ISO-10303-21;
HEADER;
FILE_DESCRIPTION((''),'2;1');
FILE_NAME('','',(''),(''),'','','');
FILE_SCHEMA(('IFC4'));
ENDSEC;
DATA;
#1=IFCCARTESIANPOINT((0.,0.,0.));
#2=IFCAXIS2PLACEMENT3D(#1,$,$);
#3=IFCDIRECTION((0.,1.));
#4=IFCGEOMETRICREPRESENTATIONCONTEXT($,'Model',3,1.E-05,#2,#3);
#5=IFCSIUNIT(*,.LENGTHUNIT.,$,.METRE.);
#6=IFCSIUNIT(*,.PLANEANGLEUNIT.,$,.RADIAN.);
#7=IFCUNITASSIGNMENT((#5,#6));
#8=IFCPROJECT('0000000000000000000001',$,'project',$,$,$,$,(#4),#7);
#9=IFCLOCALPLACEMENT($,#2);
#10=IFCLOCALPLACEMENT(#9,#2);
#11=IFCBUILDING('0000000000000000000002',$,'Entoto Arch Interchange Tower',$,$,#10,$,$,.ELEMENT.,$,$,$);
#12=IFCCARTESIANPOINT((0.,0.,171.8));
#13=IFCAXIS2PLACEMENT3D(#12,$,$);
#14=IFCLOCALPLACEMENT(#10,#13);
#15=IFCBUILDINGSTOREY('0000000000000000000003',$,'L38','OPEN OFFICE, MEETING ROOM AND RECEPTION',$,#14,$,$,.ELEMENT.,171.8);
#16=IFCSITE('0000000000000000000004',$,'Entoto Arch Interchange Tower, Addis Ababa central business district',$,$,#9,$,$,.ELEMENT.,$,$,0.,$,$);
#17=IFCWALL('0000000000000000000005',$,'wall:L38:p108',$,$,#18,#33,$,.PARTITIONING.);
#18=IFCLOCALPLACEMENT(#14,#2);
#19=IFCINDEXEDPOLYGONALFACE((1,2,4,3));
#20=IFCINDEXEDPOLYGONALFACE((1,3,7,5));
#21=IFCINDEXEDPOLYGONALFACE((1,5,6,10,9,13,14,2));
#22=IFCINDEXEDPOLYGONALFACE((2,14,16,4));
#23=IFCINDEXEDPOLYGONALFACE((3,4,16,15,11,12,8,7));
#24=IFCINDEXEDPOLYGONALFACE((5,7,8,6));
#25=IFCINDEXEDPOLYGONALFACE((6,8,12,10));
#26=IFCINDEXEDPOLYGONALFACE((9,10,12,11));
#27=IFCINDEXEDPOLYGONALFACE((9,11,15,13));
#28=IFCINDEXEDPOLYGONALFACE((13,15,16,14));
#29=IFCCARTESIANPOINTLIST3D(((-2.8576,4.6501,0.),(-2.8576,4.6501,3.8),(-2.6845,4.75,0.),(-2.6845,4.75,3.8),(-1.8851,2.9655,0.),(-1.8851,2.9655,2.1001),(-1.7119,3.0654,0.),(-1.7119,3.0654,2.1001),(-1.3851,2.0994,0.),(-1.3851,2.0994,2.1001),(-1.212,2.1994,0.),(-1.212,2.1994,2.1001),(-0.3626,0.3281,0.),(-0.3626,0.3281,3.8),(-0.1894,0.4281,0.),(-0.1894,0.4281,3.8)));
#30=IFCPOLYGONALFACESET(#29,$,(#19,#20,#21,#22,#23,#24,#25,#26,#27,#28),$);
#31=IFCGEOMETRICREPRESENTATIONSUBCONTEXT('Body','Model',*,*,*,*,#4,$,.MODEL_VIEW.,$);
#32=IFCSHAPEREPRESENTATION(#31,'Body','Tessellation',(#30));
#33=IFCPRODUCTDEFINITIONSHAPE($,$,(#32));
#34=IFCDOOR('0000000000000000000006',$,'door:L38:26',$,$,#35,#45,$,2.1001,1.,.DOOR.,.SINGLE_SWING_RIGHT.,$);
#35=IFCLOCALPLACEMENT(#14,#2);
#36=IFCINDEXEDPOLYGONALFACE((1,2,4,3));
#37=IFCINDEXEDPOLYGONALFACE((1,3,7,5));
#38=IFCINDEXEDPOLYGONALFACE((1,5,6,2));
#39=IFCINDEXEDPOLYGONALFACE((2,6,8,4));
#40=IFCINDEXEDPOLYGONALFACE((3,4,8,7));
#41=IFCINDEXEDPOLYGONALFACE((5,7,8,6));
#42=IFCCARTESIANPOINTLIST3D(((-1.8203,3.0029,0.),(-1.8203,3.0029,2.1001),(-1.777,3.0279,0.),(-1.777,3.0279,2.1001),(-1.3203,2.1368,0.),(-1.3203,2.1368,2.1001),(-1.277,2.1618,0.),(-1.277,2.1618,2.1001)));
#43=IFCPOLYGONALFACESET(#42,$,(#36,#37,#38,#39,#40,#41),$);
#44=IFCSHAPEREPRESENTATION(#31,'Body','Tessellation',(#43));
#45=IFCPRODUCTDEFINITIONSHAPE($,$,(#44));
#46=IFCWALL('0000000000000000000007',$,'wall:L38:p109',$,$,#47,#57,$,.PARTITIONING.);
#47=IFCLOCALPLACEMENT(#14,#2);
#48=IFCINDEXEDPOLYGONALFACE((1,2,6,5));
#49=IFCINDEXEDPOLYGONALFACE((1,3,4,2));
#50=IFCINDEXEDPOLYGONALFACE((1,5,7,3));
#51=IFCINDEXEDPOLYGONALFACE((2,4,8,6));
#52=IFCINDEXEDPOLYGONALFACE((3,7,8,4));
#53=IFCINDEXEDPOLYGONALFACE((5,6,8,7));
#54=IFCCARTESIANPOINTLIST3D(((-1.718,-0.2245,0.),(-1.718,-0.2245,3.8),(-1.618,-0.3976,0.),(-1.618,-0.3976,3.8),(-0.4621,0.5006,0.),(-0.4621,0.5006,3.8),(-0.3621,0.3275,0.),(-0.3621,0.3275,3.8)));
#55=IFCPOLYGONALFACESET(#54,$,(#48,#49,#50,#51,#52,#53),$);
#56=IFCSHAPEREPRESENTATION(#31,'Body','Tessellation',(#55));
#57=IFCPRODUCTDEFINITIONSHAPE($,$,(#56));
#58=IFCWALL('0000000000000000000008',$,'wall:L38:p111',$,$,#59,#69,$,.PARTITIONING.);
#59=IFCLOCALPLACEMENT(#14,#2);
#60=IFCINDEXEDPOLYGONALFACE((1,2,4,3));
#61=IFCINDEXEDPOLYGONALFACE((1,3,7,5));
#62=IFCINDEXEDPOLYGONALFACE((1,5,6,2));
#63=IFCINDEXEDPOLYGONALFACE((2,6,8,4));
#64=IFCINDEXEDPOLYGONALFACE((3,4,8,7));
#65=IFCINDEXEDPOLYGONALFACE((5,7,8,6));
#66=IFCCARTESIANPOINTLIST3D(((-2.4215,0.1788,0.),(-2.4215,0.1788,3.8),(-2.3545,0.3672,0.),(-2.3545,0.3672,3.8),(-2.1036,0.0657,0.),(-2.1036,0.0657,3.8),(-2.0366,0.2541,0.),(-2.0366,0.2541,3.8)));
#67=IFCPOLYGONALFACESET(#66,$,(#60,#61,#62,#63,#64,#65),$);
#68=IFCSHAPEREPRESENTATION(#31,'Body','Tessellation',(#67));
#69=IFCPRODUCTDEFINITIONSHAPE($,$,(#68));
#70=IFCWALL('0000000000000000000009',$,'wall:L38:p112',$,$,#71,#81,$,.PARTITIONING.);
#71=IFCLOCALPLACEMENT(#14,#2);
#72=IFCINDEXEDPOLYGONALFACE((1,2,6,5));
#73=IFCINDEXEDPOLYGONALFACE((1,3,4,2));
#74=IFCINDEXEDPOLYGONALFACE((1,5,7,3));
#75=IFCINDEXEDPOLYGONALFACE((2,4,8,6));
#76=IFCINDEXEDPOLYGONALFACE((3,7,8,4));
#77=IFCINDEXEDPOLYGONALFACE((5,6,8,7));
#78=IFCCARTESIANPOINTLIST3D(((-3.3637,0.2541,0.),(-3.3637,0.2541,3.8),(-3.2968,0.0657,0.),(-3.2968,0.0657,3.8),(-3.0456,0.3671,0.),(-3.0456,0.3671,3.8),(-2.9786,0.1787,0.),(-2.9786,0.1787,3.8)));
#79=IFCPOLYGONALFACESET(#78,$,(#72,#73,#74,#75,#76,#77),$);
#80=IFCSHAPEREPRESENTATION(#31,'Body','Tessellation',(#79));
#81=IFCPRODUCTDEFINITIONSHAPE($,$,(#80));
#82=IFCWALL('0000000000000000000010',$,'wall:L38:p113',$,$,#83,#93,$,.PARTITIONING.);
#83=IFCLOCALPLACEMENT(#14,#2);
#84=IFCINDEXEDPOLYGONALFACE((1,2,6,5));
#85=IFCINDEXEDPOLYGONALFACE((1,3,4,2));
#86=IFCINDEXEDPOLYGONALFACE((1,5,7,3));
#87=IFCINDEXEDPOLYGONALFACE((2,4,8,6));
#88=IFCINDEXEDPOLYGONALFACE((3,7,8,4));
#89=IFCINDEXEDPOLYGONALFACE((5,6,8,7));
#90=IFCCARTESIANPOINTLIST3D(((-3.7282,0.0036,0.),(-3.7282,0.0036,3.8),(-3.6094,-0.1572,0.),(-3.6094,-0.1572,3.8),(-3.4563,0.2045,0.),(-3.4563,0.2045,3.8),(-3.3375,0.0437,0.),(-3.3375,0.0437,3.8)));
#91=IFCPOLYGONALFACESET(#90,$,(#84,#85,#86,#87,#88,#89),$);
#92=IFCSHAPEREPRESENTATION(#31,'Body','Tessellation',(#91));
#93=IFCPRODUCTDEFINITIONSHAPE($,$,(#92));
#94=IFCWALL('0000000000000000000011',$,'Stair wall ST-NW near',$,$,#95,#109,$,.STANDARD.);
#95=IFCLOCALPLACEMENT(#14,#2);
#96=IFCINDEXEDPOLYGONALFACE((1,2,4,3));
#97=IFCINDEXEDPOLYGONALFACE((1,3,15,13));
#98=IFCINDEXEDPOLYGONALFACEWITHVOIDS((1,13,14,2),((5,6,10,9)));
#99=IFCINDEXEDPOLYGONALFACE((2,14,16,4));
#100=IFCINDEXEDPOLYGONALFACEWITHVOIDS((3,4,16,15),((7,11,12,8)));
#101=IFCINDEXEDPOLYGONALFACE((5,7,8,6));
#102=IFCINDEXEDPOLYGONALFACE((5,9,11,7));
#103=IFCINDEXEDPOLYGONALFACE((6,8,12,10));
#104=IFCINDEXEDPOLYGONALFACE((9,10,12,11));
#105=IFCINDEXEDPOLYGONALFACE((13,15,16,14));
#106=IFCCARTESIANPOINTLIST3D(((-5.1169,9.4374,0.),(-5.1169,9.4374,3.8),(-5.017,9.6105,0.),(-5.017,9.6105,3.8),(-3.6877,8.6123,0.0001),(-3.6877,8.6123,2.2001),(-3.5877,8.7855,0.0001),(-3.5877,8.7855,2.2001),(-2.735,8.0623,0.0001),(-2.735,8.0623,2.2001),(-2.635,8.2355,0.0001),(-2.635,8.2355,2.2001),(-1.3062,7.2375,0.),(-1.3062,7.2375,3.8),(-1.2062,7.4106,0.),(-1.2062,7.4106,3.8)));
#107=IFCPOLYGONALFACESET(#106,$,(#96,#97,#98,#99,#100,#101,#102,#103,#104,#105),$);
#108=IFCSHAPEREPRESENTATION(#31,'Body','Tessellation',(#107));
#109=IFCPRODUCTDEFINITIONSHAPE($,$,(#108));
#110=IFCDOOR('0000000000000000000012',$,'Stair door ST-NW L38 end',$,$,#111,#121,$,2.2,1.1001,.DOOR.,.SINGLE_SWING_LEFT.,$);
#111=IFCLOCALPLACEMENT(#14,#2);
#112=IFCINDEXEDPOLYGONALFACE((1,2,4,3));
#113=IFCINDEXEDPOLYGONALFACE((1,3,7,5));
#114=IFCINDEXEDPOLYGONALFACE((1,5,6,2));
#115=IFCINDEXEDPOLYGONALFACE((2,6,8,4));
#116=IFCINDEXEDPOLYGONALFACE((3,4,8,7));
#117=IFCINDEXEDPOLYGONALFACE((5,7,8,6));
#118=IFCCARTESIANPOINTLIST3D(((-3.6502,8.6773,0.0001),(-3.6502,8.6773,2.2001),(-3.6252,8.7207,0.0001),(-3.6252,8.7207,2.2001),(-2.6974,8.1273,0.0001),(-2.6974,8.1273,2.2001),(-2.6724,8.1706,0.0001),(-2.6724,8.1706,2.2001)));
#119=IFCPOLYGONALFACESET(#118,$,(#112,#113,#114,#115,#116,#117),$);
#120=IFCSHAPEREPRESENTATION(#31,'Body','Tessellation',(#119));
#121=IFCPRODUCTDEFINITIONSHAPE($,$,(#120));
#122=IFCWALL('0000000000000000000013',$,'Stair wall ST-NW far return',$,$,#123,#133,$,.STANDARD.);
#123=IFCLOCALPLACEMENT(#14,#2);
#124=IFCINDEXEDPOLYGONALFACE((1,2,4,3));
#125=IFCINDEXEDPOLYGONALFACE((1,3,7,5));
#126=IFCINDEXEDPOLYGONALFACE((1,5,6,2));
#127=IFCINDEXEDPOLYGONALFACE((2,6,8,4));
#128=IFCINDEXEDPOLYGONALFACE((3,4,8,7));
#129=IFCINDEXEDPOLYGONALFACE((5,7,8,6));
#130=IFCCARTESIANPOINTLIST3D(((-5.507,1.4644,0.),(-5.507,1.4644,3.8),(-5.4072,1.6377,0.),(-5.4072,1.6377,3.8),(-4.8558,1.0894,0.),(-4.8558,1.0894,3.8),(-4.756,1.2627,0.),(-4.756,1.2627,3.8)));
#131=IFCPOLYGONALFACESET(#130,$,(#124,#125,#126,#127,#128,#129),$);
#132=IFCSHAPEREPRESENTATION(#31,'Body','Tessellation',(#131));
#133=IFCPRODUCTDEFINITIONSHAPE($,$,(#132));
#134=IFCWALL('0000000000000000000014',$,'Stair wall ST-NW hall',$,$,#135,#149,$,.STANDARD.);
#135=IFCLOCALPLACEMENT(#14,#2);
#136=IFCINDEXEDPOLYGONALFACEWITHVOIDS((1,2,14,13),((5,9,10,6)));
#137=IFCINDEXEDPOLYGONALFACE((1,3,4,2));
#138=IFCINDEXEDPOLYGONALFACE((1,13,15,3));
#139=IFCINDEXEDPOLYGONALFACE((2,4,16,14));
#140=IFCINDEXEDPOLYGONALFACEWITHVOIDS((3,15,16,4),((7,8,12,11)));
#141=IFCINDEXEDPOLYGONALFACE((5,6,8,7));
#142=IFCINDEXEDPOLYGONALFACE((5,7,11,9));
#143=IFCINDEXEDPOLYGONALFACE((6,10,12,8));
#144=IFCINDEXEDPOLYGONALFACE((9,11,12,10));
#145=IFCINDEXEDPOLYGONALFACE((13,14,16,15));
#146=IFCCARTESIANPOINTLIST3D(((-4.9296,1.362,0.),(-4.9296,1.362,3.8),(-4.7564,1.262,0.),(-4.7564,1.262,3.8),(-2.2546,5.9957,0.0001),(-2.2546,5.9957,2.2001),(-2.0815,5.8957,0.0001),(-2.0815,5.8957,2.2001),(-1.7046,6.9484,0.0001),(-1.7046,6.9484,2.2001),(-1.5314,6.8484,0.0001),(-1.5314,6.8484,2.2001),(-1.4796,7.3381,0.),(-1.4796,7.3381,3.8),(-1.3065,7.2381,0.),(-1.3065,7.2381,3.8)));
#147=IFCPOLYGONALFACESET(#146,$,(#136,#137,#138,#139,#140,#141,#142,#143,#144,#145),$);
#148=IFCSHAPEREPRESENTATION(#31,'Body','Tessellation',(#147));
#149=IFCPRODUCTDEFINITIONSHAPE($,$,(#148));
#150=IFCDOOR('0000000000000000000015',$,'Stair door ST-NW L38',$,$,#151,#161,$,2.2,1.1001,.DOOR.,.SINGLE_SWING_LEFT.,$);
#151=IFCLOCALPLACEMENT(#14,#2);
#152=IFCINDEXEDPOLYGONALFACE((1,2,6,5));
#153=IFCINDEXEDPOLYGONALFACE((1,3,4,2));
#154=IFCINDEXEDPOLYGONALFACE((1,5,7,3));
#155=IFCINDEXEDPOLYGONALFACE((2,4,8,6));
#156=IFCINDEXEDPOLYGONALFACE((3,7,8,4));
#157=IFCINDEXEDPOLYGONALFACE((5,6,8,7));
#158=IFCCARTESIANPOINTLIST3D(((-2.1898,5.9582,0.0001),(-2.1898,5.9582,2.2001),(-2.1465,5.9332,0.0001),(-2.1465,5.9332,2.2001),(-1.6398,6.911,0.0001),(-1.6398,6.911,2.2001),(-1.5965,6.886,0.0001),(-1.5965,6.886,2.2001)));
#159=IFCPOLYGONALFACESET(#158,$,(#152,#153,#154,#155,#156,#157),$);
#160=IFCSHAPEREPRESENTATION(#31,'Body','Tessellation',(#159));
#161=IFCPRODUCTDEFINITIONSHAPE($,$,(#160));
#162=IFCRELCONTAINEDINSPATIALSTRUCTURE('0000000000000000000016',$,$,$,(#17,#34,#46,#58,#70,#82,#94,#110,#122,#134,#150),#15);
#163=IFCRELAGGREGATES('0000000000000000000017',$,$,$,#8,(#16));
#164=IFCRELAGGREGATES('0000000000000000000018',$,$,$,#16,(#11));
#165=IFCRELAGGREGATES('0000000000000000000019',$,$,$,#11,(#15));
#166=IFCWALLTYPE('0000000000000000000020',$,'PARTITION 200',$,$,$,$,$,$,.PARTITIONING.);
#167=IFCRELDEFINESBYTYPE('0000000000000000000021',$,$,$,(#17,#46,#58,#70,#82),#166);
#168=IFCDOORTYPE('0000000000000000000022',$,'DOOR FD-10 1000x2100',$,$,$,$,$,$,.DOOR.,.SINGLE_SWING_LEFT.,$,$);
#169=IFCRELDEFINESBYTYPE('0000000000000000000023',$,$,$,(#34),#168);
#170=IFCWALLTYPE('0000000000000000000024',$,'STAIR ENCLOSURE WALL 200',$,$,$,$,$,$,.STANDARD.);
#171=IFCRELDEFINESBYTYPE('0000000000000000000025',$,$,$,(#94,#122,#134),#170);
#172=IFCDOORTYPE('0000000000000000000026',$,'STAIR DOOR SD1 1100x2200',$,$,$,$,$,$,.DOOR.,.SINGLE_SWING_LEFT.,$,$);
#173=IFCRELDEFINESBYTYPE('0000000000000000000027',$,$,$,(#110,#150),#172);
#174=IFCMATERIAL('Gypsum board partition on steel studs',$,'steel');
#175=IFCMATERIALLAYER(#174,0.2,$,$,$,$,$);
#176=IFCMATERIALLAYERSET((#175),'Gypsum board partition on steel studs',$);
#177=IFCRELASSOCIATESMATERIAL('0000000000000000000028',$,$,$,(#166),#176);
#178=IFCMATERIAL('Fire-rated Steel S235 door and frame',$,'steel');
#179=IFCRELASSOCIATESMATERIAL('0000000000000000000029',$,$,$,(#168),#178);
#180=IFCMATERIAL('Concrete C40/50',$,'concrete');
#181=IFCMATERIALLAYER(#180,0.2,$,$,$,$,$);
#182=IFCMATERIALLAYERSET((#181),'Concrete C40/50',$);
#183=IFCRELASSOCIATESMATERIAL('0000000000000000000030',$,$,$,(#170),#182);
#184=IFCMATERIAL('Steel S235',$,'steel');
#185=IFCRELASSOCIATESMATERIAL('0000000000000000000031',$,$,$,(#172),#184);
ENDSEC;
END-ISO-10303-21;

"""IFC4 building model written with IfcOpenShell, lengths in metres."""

from ifc_helpers import new_model, si_unit, direction, frame, frame_2d, origin, place, context, subcontext, project, spatial, rectangle, extrude, material, layer, layer_set, type_object, element, fill, save


model = new_model("IFC4")

# Units and contexts
model_context = context("Model", 3, precision=1e-05, world=origin(), true_north=direction((0.0, 1.0)))
body_context = subcontext(model_context, "Body", "Model", "MODEL_VIEW")
ifc_project = project(units=[si_unit("LENGTHUNIT", "METRE"), si_unit("PLANEANGLEUNIT", "RADIAN")], contexts=[model_context])

# Site, building, storey
site_placement = place(None, origin())
site = spatial("IfcSite", under=ifc_project, at=site_placement, Name="Entoto Arch Interchange Tower, Addis Ababa central business district", CompositionType="ELEMENT", RefElevation=0.0)
building_placement = place(site_placement, origin())
building = spatial("IfcBuilding", under=site, at=building_placement, Name="Entoto Arch Interchange Tower", CompositionType="ELEMENT")
storey_placement = place(building_placement, frame((0.0, 0.0, 171.8)))
storey = spatial("IfcBuildingStorey", under=building, at=storey_placement, Name="L38", Description="OPEN OFFICE, MEETING ROOM AND RECEPTION", CompositionType="ELEMENT", Elevation=171.8)

# Shared definitions
ifc_material_1 = material(Name="Concrete C40/50", Category="concrete")

# Wall, opening, door
ifc_material_2 = material(Name="Gypsum board partition on steel studs", Category="steel")
ifc_layer_1 = layer(ifc_material_2, 0.2)
ifc_layer_set_1 = layer_set([ifc_layer_1], Name="Gypsum board partition on steel studs")
wall_type_1 = type_object("IfcWallType", Name="PARTITION 200", PredefinedType="PARTITIONING", material=ifc_layer_set_1)
wall_1_placement = place(storey_placement, frame((-2.771, 4.7, 0.0), z_axis=(0.0, 0.0, 1.0), x_axis=(0.499969, -0.866043, 0.0)))
wall_1 = element("IfcWall", 1, at=wall_1_placement, inside=storey, type_object=wall_type_1, Name="wall:L38:p108", PredefinedType="PARTITIONING", context=body_context, shape_type="SweptSolid", body=[
    extrude(rectangle(XDim=4.9905, YDim=0.2, at=frame_2d((2.4951, 0.0))), origin(), (0.0, 0.0, 1.0), 3.8),
])
opening_1_placement = place(wall_1_placement, frame((1.9451, 0.0, 0.0)))
opening_1 = element("IfcOpeningElement", 2, at=opening_1_placement, cuts=wall_1, PredefinedType="OPENING", context=body_context, shape_type="SweptSolid", body=[
    extrude(rectangle(XDim=1.0, YDim=2.1001, at=frame_2d((0.5, 1.05))), frame((0.0, 0.1099, 0.0), z_axis=(0.0, -1.0, 0.0), x_axis=(1.0, 0.0, 0.0)), (0.0, 0.0, 1.0), 0.22),
])
ifc_material_3 = material(Name="Fire-rated Steel S235 door and frame", Category="steel")
door_type_1 = type_object("IfcDoorType", Name="DOOR FD-10 1000x2100", OperationType="SINGLE_SWING_LEFT", PredefinedType="DOOR", material=ifc_material_3)
door_1_placement = place(opening_1_placement, origin())
door_1 = element("IfcDoor", 3, at=door_1_placement, inside=storey, type_object=door_type_1, Name="door:L38:26", OperationType="SINGLE_SWING_RIGHT", OverallHeight=2.1001, OverallWidth=1.0, PredefinedType="DOOR", context=body_context, shape_type="SweptSolid", body=[
    extrude(rectangle(XDim=1.0, YDim=2.1001, at=frame_2d((0.5, 1.05))), frame((0.0, 0.0249, 0.0), z_axis=(0.0, -1.0, 0.0), x_axis=(1.0, 0.0, 0.0)), (0.0, 0.0, 1.0), 0.05),
])
fill(opening_1, door_1)

# Walls
wall_2_placement = place(storey_placement, frame((-0.4121, 0.4141, 0.0), z_axis=(0.0, 0.0, 1.0), x_axis=(-0.866017, -0.500014, 0.0)))
element("IfcWall", 4, at=wall_2_placement, inside=storey, type_object=wall_type_1, Name="wall:L38:p109", PredefinedType="PARTITIONING", context=body_context, shape_type="SweptSolid", body=[
    extrude(rectangle(XDim=1.4502, YDim=0.2, at=frame_2d((0.7251, 0.0))), origin(), (0.0, 0.0, 1.0), 3.8),
])
wall_3_placement = place(storey_placement, frame((-2.0701, 0.1599, 0.0), z_axis=(0.0, 0.0, 1.0), x_axis=(-0.942199, 0.335052, 0.0)))
element("IfcWall", 5, at=wall_3_placement, inside=storey, type_object=wall_type_1, Name="wall:L38:p111", PredefinedType="PARTITIONING", context=body_context, shape_type="SweptSolid", body=[
    extrude(rectangle(XDim=0.3374, YDim=0.2, at=frame_2d((0.1687, 0.0))), origin(), (0.0, 0.0, 1.0), 3.8),
])
wall_4_placement = place(storey_placement, frame((-3.012, 0.2729, 0.0), z_axis=(0.0, 0.0, 1.0), x_axis=(-0.942281, -0.334824, 0.0)))
element("IfcWall", 6, at=wall_4_placement, inside=storey, type_object=wall_type_1, Name="wall:L38:p112", PredefinedType="PARTITIONING", context=body_context, shape_type="SweptSolid", body=[
    extrude(rectangle(XDim=0.3376, YDim=0.2, at=frame_2d((0.1689, 0.0))), origin(), (0.0, 0.0, 1.0), 3.8),
])
wall_5_placement = place(storey_placement, frame((-3.397, 0.124, 0.0), z_axis=(0.0, 0.0, 1.0), x_axis=(-0.804311, -0.594208, 0.0)))
element("IfcWall", 7, at=wall_5_placement, inside=storey, type_object=wall_type_1, Name="wall:L38:p113", PredefinedType="PARTITIONING", context=body_context, shape_type="SweptSolid", body=[
    extrude(rectangle(XDim=0.3381, YDim=0.2, at=frame_2d((0.1689, 0.0))), origin(), (0.0, 0.0, 1.0), 3.8),
])

# Wall, opening, door
ifc_layer_2 = layer(ifc_material_1, 0.2)
ifc_layer_set_2 = layer_set([ifc_layer_2], Name="Concrete C40/50")
wall_type_2 = type_object("IfcWallType", Name="STAIR ENCLOSURE WALL 200", PredefinedType="STANDARD", material=ifc_layer_set_2)
wall_6_placement = place(storey_placement, frame((-1.2561, 7.324, 0.0), z_axis=(0.0, 0.0, 1.0), x_axis=(-0.866046, 0.499964, 0.0)))
wall_6 = element("IfcWall", 8, at=wall_6_placement, inside=storey, type_object=wall_type_2, Name="Stair wall ST-NW near", PredefinedType="STANDARD", context=body_context, shape_type="SweptSolid", body=[
    extrude(rectangle(XDim=4.4001, YDim=0.2, at=frame_2d((2.2002, 0.0))), origin(), (0.0, 0.0, 1.0), 3.8),
])
opening_2_placement = place(wall_6_placement, frame((1.6499, 0.0, 0.0)))
opening_2 = element("IfcOpeningElement", 9, at=opening_2_placement, cuts=wall_6, PredefinedType="OPENING", context=body_context, shape_type="SweptSolid", body=[
    extrude(rectangle(XDim=1.1001, YDim=2.2, at=frame_2d((0.55, 1.1001))), frame((0.0, 0.1099, 0.0), z_axis=(0.0, -1.0, 0.0), x_axis=(1.0, 0.0, 0.0)), (0.0, 0.0, 1.0), 0.22),
])
ifc_material_4 = material(Name="Steel S235", Category="steel")
door_type_2 = type_object("IfcDoorType", Name="STAIR DOOR SD1 1100x2200", OperationType="SINGLE_SWING_LEFT", PredefinedType="DOOR", material=ifc_material_4)
door_2_placement = place(opening_2_placement, origin())
door_2 = element("IfcDoor", 10, at=door_2_placement, inside=storey, type_object=door_type_2, Name="Stair door ST-NW L38 end", OperationType="SINGLE_SWING_LEFT", OverallHeight=2.2, OverallWidth=1.1001, PredefinedType="DOOR", context=body_context, shape_type="SweptSolid", body=[
    extrude(rectangle(XDim=1.1001, YDim=2.2, at=frame_2d((0.55, 1.1001))), frame((0.0, 0.0249, 0.0), z_axis=(0.0, -1.0, 0.0), x_axis=(1.0, 0.0, 0.0)), (0.0, 0.0, 1.0), 0.05),
])
fill(opening_2, door_2)

# Wall
wall_7_placement = place(storey_placement, frame((-4.8059, 1.176, 0.0), z_axis=(0.0, 0.0, 1.0), x_axis=(-0.866559, 0.499075, 0.0)))
element("IfcWall", 11, at=wall_7_placement, inside=storey, type_object=wall_type_2, Name="Stair wall ST-NW far return", PredefinedType="STANDARD", context=body_context, shape_type="SweptSolid", body=[
    extrude(rectangle(XDim=0.7515, YDim=0.2, at=frame_2d((0.3757, 0.0))), origin(), (0.0, 0.0, 1.0), 3.8),
])

# Wall, opening, door
wall_8_placement = place(storey_placement, frame((-1.3931, 7.2881, 0.0), z_axis=(0.0, 0.0, 1.0), x_axis=(-0.499963, -0.866047, 0.0)))
wall_8 = element("IfcWall", 12, at=wall_8_placement, inside=storey, type_object=wall_type_2, Name="Stair wall ST-NW hall", PredefinedType="STANDARD", context=body_context, shape_type="SweptSolid", body=[
    extrude(rectangle(XDim=6.9004, YDim=0.2, at=frame_2d((3.4502, 0.0))), origin(), (0.0, 0.0, 1.0), 3.8),
])
opening_3_placement = place(wall_8_placement, frame((0.45, 0.0, 0.0)))
opening_3 = element("IfcOpeningElement", 13, at=opening_3_placement, cuts=wall_8, PredefinedType="OPENING", context=body_context, shape_type="SweptSolid", body=[
    extrude(rectangle(XDim=1.1001, YDim=2.2, at=frame_2d((0.55, 1.1001))), frame((0.0, 0.1099, 0.0), z_axis=(0.0, -1.0, 0.0), x_axis=(1.0, 0.0, 0.0)), (0.0, 0.0, 1.0), 0.22),
])
door_3_placement = place(opening_3_placement, origin())
door_3 = element("IfcDoor", 14, at=door_3_placement, inside=storey, type_object=door_type_2, Name="Stair door ST-NW L38", OperationType="SINGLE_SWING_LEFT", OverallHeight=2.2, OverallWidth=1.1001, PredefinedType="DOOR", context=body_context, shape_type="SweptSolid", body=[
    extrude(rectangle(XDim=1.1001, YDim=2.2, at=frame_2d((0.55, 1.1001))), frame((0.0, 0.0249, 0.0), z_axis=(0.0, -1.0, 0.0), x_axis=(1.0, 0.0, 0.0)), (0.0, 0.0, 1.0), 0.05),
])
fill(opening_3, door_3)

save(model, "model.ifc")
